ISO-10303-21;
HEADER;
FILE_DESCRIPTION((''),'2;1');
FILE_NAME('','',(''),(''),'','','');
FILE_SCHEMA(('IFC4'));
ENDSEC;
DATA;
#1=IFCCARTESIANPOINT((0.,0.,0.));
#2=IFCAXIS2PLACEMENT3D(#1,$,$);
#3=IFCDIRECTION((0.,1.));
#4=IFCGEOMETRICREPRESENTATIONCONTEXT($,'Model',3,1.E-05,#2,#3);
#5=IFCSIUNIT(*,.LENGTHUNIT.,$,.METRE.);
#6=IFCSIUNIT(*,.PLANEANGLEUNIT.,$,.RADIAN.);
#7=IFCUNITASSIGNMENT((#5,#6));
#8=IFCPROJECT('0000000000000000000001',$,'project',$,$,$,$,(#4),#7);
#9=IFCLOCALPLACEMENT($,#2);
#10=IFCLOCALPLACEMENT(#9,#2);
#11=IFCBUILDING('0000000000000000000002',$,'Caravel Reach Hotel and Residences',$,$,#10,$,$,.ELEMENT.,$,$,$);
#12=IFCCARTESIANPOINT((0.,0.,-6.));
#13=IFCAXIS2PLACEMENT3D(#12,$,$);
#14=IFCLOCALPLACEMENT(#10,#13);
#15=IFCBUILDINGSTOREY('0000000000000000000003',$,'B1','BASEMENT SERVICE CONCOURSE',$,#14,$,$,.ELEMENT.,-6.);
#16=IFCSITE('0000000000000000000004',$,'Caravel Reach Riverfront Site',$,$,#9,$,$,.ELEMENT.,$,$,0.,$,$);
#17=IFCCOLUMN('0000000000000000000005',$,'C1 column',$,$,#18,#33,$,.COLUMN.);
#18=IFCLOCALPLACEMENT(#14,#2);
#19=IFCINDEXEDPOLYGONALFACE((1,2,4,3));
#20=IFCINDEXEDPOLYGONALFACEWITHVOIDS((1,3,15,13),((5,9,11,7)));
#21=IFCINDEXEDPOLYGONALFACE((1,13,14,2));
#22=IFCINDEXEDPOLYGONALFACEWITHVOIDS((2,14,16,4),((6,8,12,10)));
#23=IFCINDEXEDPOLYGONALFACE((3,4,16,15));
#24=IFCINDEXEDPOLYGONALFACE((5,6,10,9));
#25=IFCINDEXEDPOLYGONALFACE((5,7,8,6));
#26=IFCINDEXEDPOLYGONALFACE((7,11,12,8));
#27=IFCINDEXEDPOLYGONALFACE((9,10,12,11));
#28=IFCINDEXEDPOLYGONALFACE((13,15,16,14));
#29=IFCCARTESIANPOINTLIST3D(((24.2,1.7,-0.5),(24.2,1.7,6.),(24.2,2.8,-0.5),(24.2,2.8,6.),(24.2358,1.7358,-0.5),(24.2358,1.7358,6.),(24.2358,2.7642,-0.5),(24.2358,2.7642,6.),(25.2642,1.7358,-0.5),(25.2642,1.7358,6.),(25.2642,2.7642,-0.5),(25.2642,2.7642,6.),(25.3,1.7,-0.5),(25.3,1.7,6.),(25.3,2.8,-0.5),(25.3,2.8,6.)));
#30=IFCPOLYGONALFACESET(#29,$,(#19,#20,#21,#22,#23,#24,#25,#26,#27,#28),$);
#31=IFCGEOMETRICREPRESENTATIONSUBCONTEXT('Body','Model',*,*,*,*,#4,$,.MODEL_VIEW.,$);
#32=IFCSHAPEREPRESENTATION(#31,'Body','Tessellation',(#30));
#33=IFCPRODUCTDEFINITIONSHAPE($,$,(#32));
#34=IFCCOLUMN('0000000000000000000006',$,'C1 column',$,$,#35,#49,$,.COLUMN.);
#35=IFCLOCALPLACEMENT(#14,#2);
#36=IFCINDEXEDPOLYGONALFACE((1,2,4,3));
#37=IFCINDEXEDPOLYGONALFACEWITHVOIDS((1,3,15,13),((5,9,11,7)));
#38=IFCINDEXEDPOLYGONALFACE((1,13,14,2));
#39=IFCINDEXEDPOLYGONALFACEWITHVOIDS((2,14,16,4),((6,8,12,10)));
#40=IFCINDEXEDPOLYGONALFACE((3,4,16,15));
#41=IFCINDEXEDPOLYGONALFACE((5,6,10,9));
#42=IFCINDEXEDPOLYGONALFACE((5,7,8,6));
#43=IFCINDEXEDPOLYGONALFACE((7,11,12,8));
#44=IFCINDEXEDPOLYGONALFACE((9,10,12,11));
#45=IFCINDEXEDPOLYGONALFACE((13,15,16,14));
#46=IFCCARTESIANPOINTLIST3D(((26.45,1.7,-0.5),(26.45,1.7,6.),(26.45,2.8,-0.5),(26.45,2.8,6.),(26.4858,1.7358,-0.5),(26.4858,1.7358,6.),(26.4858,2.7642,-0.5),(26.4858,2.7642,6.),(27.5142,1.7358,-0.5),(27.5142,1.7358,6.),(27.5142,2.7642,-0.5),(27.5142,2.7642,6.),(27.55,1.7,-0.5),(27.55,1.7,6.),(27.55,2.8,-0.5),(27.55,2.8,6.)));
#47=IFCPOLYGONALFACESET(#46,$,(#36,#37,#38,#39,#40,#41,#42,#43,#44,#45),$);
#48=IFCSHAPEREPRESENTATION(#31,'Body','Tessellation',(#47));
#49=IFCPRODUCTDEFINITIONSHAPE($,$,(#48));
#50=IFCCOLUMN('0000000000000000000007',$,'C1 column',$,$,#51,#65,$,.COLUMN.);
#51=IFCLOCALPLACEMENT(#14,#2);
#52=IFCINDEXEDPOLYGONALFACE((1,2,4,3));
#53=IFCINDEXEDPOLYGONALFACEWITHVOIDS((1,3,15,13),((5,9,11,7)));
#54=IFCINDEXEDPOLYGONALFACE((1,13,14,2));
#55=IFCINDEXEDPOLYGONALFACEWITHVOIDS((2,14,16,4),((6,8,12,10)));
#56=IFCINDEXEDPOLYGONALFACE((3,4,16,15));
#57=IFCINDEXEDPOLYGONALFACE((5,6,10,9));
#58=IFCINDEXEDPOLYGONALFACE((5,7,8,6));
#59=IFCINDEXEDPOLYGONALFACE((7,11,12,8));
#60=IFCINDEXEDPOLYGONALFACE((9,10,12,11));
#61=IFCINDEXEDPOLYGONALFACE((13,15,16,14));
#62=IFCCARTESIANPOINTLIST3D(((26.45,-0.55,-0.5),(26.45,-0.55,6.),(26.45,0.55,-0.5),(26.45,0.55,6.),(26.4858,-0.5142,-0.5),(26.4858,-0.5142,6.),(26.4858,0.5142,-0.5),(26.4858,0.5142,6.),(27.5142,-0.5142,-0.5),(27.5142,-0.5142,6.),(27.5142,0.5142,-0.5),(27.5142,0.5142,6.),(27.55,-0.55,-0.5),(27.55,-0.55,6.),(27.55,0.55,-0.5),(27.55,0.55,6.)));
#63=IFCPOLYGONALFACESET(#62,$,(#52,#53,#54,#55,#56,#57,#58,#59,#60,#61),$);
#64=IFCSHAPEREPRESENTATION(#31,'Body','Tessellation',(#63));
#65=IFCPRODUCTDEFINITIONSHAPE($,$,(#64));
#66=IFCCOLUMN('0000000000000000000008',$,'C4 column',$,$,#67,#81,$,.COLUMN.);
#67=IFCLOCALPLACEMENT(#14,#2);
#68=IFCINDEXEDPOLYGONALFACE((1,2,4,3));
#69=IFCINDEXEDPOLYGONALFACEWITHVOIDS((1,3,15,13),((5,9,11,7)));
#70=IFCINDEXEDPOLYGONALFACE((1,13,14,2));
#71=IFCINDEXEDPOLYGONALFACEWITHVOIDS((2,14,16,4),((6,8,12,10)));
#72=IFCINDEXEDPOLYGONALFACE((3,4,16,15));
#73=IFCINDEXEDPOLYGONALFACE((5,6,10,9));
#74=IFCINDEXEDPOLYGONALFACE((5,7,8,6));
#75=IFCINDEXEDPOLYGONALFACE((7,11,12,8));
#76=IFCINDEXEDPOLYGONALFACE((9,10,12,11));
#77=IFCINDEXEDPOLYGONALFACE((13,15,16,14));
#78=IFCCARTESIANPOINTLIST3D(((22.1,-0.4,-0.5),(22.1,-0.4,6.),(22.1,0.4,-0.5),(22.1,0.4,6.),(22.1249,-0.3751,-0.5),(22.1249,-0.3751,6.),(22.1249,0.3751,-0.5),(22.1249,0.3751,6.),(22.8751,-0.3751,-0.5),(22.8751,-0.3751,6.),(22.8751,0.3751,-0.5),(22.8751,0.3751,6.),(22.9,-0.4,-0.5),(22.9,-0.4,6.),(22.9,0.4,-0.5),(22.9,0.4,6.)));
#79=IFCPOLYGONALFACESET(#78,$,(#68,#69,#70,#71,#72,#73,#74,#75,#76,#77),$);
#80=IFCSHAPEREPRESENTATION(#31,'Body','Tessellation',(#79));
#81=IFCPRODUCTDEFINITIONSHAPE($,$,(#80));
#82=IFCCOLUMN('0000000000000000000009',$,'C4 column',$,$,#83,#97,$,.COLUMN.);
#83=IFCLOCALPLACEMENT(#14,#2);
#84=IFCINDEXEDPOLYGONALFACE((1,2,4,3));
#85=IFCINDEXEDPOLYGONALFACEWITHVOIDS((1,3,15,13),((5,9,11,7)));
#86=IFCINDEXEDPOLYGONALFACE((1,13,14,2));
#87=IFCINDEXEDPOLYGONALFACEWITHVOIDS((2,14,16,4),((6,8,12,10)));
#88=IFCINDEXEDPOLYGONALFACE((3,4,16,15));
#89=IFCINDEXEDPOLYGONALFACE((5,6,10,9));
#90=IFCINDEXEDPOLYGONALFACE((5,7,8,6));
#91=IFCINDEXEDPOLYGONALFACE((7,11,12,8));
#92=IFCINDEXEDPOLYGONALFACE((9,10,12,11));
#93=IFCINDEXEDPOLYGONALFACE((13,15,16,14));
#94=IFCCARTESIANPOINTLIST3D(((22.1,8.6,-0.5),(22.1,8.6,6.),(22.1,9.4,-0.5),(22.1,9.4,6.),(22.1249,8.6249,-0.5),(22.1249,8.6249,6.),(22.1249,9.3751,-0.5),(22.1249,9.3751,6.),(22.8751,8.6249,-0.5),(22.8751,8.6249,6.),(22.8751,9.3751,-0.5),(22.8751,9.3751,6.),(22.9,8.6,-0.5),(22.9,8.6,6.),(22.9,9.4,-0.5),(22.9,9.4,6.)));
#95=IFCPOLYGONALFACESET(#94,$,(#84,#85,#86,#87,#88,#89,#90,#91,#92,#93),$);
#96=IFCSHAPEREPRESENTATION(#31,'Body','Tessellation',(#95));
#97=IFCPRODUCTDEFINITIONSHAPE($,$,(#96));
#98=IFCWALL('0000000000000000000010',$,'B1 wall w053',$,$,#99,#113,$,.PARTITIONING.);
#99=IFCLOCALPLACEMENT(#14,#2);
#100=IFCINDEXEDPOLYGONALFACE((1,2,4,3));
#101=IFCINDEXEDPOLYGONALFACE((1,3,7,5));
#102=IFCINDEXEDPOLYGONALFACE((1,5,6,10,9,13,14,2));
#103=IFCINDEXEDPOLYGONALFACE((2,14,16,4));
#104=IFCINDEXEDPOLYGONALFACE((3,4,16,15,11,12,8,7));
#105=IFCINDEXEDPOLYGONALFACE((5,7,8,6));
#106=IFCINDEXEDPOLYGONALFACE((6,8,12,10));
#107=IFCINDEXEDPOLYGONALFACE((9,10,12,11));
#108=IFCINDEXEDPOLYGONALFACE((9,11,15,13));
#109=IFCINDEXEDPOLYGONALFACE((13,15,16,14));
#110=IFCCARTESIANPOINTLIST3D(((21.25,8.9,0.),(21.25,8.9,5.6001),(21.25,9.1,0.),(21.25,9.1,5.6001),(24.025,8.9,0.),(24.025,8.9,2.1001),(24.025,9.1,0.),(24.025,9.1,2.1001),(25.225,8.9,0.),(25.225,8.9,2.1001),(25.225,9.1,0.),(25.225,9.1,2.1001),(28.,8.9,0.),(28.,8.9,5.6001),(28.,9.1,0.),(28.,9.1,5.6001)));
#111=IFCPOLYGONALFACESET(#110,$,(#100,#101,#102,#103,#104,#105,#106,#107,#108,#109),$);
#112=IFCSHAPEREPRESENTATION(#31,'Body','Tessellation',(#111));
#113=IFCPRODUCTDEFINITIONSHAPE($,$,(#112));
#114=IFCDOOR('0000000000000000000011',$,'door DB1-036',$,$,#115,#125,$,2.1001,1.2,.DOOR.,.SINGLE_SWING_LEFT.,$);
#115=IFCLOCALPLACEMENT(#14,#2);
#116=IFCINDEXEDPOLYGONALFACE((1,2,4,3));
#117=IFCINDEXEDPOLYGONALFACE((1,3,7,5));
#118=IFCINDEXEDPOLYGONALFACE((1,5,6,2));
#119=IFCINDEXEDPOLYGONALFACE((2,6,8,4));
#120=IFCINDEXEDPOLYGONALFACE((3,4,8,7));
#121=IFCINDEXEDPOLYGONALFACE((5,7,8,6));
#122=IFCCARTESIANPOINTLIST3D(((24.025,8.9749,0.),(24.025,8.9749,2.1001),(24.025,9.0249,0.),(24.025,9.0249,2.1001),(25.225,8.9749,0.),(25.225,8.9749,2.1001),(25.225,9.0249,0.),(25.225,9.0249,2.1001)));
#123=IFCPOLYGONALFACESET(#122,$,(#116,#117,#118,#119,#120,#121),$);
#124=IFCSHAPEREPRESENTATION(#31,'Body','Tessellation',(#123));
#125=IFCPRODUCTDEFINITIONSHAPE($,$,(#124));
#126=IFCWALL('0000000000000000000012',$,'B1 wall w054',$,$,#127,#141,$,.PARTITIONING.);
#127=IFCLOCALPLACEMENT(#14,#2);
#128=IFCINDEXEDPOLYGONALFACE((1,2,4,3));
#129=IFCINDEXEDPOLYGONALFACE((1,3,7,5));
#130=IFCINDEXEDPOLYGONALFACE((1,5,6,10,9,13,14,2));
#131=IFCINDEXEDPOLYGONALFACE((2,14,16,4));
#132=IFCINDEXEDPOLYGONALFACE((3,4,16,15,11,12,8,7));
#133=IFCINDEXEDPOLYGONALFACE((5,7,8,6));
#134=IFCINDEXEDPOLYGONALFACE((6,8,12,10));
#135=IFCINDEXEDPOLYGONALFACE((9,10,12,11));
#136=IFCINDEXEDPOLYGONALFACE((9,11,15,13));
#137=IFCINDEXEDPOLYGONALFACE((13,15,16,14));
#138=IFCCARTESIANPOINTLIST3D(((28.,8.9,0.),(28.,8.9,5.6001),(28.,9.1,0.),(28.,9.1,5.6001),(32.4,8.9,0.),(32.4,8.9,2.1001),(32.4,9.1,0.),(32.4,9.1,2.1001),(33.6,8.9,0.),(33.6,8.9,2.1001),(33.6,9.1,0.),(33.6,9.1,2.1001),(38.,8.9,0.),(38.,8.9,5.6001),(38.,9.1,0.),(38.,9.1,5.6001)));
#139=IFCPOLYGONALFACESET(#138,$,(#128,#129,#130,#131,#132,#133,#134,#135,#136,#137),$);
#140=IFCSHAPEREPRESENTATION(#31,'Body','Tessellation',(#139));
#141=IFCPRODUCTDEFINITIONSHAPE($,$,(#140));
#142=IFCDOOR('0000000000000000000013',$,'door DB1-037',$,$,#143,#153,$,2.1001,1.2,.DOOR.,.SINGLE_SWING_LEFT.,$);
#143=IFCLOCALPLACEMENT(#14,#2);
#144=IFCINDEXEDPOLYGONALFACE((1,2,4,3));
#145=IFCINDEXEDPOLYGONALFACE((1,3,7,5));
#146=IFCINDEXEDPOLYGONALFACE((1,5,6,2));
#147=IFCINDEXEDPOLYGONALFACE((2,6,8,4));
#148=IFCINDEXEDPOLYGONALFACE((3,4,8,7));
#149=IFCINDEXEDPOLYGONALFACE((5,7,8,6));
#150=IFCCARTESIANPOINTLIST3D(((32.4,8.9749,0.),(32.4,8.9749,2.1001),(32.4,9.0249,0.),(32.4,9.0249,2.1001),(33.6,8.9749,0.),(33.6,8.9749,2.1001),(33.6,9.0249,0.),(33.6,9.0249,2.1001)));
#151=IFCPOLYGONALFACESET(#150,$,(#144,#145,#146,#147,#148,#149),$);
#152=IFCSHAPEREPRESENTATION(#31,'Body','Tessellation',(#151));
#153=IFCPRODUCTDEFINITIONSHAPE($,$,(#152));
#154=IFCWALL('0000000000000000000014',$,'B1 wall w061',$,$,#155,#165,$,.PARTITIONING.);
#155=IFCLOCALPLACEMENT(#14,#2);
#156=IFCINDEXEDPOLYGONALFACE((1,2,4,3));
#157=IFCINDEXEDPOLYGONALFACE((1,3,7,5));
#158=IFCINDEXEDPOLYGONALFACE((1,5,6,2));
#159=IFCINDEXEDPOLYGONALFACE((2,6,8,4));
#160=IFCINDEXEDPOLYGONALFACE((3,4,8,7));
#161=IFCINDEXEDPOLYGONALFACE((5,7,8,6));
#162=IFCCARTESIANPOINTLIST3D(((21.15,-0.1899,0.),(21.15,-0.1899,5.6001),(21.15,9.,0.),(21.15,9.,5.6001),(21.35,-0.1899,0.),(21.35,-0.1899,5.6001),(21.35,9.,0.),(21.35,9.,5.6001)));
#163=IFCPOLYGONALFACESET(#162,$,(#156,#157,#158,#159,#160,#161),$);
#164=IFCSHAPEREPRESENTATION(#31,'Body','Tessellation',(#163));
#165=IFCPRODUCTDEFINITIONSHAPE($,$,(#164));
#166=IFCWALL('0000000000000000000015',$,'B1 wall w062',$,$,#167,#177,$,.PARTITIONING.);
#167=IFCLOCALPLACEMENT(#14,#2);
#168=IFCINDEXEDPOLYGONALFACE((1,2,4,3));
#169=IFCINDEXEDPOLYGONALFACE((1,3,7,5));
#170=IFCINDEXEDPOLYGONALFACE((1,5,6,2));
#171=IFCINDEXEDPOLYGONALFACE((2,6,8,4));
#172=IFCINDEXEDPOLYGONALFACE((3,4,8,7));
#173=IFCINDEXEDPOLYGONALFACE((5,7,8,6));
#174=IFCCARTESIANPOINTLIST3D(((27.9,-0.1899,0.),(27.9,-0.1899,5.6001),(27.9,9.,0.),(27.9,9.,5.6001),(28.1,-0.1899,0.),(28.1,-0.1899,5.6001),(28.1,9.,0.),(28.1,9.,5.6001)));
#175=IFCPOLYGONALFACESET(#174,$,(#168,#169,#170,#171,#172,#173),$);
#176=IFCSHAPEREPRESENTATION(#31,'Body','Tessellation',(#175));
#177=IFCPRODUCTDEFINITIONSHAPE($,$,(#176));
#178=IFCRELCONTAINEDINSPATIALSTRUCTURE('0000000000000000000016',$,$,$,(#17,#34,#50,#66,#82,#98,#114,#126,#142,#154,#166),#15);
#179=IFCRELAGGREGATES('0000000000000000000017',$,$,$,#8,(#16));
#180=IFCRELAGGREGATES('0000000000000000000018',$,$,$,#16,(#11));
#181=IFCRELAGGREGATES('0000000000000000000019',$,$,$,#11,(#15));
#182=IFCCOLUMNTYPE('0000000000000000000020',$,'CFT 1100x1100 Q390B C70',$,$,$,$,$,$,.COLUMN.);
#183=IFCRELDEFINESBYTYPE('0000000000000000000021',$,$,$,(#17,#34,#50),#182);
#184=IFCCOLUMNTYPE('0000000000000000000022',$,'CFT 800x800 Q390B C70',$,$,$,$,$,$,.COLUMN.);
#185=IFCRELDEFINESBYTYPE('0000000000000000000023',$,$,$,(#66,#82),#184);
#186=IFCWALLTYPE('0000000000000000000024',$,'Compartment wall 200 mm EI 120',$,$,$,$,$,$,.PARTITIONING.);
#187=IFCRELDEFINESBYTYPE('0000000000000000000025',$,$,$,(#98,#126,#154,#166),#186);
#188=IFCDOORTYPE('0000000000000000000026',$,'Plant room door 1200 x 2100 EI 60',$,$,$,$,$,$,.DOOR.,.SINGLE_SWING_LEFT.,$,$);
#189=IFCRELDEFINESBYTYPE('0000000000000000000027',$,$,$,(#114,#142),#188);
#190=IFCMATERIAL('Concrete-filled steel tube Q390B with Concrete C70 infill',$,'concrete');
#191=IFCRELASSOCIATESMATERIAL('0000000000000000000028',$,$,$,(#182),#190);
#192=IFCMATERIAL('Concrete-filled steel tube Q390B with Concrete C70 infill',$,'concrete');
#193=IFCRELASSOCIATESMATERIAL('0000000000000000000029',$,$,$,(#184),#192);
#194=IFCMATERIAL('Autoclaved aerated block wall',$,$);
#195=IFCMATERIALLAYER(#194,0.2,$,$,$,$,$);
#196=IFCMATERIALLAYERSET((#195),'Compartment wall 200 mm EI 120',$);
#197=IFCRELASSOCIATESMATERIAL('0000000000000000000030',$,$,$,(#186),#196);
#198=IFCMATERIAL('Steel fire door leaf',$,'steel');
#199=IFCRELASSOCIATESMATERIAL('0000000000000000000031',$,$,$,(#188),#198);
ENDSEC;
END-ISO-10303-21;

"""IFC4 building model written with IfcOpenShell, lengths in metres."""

from ifc_helpers import new_model, si_unit, direction, frame, frame_2d, origin, origin_2d, place, context, subcontext, project, spatial, rectangle, hollow_rectangle, extrude, material, layer, layer_set, material_profile, profile_set, type_object, element, fill, save


model = new_model("IFC4")

# Units and contexts
model_context = context("Model", 3, precision=1e-05, world=origin(), true_north=direction((0.0, 1.0)))
body_context = subcontext(model_context, "Body", "Model", "MODEL_VIEW")
ifc_project = project(units=[si_unit("LENGTHUNIT", "METRE"), si_unit("PLANEANGLEUNIT", "RADIAN")], contexts=[model_context])

# Site, building, storey
site_placement = place(None, origin())
site = spatial("IfcSite", under=ifc_project, at=site_placement, Name="Caravel Reach Riverfront Site", CompositionType="ELEMENT", RefElevation=0.0)
building_placement = place(site_placement, origin())
building = spatial("IfcBuilding", under=site, at=building_placement, Name="Caravel Reach Hotel and Residences", CompositionType="ELEMENT")
storey_placement = place(building_placement, frame((0.0, 0.0, -6.0)))
storey = spatial("IfcBuildingStorey", under=building, at=storey_placement, Name="B1", Description="BASEMENT SERVICE CONCOURSE", CompositionType="ELEMENT", Elevation=-6.0)

# Columns
ifc_material_1 = material(Name="Concrete-filled steel tube Q390B with Concrete C70 infill", Category="concrete")
ifc_material_profile_1 = material_profile(ifc_material_1, hollow_rectangle(XDim=1.1001, YDim=1.1001, WallThickness=0.0359, at=origin_2d()), Name="RHS 1100x1100x36")
ifc_profile_set_1 = profile_set([ifc_material_profile_1], Name="Concrete-filled steel tube Q390B with Concrete C70 infill")
column_type_1 = type_object("IfcColumnType", Name="CFT 1100x1100 Q390B C70", PredefinedType="COLUMN", material=ifc_profile_set_1)
for number, where, z_axis, x_axis, name in (
    (1, (24.75, 2.25, -0.5), (0.0, 0.0, 1.0), (1.0, 0.0, 0.0), "C1 column"),
    (2, (27.0, 2.25, -0.5), (0.0, 0.0, 1.0), (1.0, 0.0, 0.0), "C1 column"),
    (3, (27.0, 0.0, -0.5), (0.0, 0.0, 1.0), (1.0, 0.0, 0.0), "C1 column"),
):
    element("IfcColumn", number, at=place(storey_placement, frame(where, z_axis=z_axis, x_axis=x_axis)), inside=storey, type_object=column_type_1, Name=name, PredefinedType="COLUMN", context=body_context, shape_type="SweptSolid", body=[
        extrude(hollow_rectangle(XDim=1.1001, YDim=1.1001, WallThickness=0.0359, at=origin_2d()), origin(), (0.0, 0.0, 1.0), 6.5),
    ])
ifc_material_2 = material(Name="Concrete-filled steel tube Q390B with Concrete C70 infill", Category="concrete")
ifc_material_profile_2 = material_profile(ifc_material_2, hollow_rectangle(XDim=0.8, YDim=0.8, WallThickness=0.0249, at=origin_2d()), Name="RHS 800x800x25")
ifc_profile_set_2 = profile_set([ifc_material_profile_2], Name="Concrete-filled steel tube Q390B with Concrete C70 infill")
column_type_2 = type_object("IfcColumnType", Name="CFT 800x800 Q390B C70", PredefinedType="COLUMN", material=ifc_profile_set_2)
for number, where, z_axis, x_axis, name in (
    (4, (22.5, 0.0, -0.5), (0.0, 0.0, 1.0), (1.0, 0.0, 0.0), "C4 column"),
    (5, (22.5, 9.0, -0.5), (0.0, 0.0, 1.0), (1.0, 0.0, 0.0), "C4 column"),
):
    element("IfcColumn", number, at=place(storey_placement, frame(where, z_axis=z_axis, x_axis=x_axis)), inside=storey, type_object=column_type_2, Name=name, PredefinedType="COLUMN", context=body_context, shape_type="SweptSolid", body=[
        extrude(hollow_rectangle(XDim=0.8, YDim=0.8, WallThickness=0.0249, at=origin_2d()), origin(), (0.0, 0.0, 1.0), 6.5),
    ])

# Walls, openings, doors
ifc_material_3 = material(Name="Autoclaved aerated block wall")
ifc_layer = layer(ifc_material_3, 0.2)
ifc_layer_set = layer_set([ifc_layer], Name="Compartment wall 200 mm EI 120")
wall_type = type_object("IfcWallType", Name="Compartment wall 200 mm EI 120", PredefinedType="PARTITIONING", material=ifc_layer_set)
wall_1_placement = place(storey_placement, frame((21.25, 9.0, 0.0), z_axis=(0.0, 0.0, 1.0), x_axis=(1.0, 0.0, 0.0)))
wall_1 = element("IfcWall", 6, at=wall_1_placement, inside=storey, type_object=wall_type, Name="B1 wall w053", PredefinedType="PARTITIONING", context=body_context, shape_type="SweptSolid", body=[
    extrude(rectangle(XDim=6.75, YDim=0.2, at=frame_2d((3.375, 0.0))), origin(), (0.0, 0.0, 1.0), 5.6001),
])
opening_1_placement = place(wall_1_placement, frame((2.7749, 0.0, 0.0)))
opening_1 = element("IfcOpeningElement", 7, at=opening_1_placement, cuts=wall_1, PredefinedType="OPENING", context=body_context, shape_type="SweptSolid", body=[
    extrude(rectangle(XDim=1.2, YDim=2.1001, at=frame_2d((0.6001, 1.05))), frame((0.0, 0.1099, 0.0), z_axis=(0.0, -1.0, 0.0), x_axis=(1.0, 0.0, 0.0)), (0.0, 0.0, 1.0), 0.22),
])
ifc_material_4 = material(Name="Steel fire door leaf", Category="steel")
door_type = type_object("IfcDoorType", Name="Plant room door 1200 x 2100 EI 60", OperationType="SINGLE_SWING_LEFT", PredefinedType="DOOR", material=ifc_material_4)
door_1_placement = place(opening_1_placement, origin())
door_1 = element("IfcDoor", 8, at=door_1_placement, inside=storey, type_object=door_type, Name="door DB1-036", OperationType="SINGLE_SWING_LEFT", OverallHeight=2.1001, OverallWidth=1.2, PredefinedType="DOOR", context=body_context, shape_type="SweptSolid", body=[
    extrude(rectangle(XDim=1.2, YDim=2.1001, at=frame_2d((0.6001, 1.05))), frame((0.0, 0.0249, 0.0), z_axis=(0.0, -1.0, 0.0), x_axis=(1.0, 0.0, 0.0)), (0.0, 0.0, 1.0), 0.05),
])
fill(opening_1, door_1)
wall_2_placement = place(storey_placement, frame((28.0, 9.0, 0.0), z_axis=(0.0, 0.0, 1.0), x_axis=(1.0, 0.0, 0.0)))
wall_2 = element("IfcWall", 9, at=wall_2_placement, inside=storey, type_object=wall_type, Name="B1 wall w054", PredefinedType="PARTITIONING", context=body_context, shape_type="SweptSolid", body=[
    extrude(rectangle(XDim=10.0, YDim=0.2, at=frame_2d((5.0, 0.0))), origin(), (0.0, 0.0, 1.0), 5.6001),
])
opening_2_placement = place(wall_2_placement, frame((4.3999, 0.0, 0.0)))
opening_2 = element("IfcOpeningElement", 10, at=opening_2_placement, cuts=wall_2, PredefinedType="OPENING", context=body_context, shape_type="SweptSolid", body=[
    extrude(rectangle(XDim=1.2, YDim=2.1001, at=frame_2d((0.6001, 1.05))), frame((0.0, 0.1099, 0.0), z_axis=(0.0, -1.0, 0.0), x_axis=(1.0, 0.0, 0.0)), (0.0, 0.0, 1.0), 0.22),
])
door_2_placement = place(opening_2_placement, origin())
door_2 = element("IfcDoor", 11, at=door_2_placement, inside=storey, type_object=door_type, Name="door DB1-037", OperationType="SINGLE_SWING_LEFT", OverallHeight=2.1001, OverallWidth=1.2, PredefinedType="DOOR", context=body_context, shape_type="SweptSolid", body=[
    extrude(rectangle(XDim=1.2, YDim=2.1001, at=frame_2d((0.6001, 1.05))), frame((0.0, 0.0249, 0.0), z_axis=(0.0, -1.0, 0.0), x_axis=(1.0, 0.0, 0.0)), (0.0, 0.0, 1.0), 0.05),
])
fill(opening_2, door_2)

# Walls
for number, where, z_axis, x_axis, name in (
    (12, (21.25, -0.1899, 0.0), (0.0, 0.0, 1.0), (0.0, 1.0, 0.0), "B1 wall w061"),
    (13, (28.0, -0.1899, 0.0), (0.0, 0.0, 1.0), (0.0, 1.0, 0.0), "B1 wall w062"),
):
    element("IfcWall", number, at=place(storey_placement, frame(where, z_axis=z_axis, x_axis=x_axis)), inside=storey, type_object=wall_type, Name=name, PredefinedType="PARTITIONING", context=body_context, shape_type="SweptSolid", body=[
        extrude(rectangle(XDim=9.1899, YDim=0.2, at=frame_2d((4.595, 0.0))), origin(), (0.0, 0.0, 1.0), 5.6001),
    ])

save(model, "model.ifc")
